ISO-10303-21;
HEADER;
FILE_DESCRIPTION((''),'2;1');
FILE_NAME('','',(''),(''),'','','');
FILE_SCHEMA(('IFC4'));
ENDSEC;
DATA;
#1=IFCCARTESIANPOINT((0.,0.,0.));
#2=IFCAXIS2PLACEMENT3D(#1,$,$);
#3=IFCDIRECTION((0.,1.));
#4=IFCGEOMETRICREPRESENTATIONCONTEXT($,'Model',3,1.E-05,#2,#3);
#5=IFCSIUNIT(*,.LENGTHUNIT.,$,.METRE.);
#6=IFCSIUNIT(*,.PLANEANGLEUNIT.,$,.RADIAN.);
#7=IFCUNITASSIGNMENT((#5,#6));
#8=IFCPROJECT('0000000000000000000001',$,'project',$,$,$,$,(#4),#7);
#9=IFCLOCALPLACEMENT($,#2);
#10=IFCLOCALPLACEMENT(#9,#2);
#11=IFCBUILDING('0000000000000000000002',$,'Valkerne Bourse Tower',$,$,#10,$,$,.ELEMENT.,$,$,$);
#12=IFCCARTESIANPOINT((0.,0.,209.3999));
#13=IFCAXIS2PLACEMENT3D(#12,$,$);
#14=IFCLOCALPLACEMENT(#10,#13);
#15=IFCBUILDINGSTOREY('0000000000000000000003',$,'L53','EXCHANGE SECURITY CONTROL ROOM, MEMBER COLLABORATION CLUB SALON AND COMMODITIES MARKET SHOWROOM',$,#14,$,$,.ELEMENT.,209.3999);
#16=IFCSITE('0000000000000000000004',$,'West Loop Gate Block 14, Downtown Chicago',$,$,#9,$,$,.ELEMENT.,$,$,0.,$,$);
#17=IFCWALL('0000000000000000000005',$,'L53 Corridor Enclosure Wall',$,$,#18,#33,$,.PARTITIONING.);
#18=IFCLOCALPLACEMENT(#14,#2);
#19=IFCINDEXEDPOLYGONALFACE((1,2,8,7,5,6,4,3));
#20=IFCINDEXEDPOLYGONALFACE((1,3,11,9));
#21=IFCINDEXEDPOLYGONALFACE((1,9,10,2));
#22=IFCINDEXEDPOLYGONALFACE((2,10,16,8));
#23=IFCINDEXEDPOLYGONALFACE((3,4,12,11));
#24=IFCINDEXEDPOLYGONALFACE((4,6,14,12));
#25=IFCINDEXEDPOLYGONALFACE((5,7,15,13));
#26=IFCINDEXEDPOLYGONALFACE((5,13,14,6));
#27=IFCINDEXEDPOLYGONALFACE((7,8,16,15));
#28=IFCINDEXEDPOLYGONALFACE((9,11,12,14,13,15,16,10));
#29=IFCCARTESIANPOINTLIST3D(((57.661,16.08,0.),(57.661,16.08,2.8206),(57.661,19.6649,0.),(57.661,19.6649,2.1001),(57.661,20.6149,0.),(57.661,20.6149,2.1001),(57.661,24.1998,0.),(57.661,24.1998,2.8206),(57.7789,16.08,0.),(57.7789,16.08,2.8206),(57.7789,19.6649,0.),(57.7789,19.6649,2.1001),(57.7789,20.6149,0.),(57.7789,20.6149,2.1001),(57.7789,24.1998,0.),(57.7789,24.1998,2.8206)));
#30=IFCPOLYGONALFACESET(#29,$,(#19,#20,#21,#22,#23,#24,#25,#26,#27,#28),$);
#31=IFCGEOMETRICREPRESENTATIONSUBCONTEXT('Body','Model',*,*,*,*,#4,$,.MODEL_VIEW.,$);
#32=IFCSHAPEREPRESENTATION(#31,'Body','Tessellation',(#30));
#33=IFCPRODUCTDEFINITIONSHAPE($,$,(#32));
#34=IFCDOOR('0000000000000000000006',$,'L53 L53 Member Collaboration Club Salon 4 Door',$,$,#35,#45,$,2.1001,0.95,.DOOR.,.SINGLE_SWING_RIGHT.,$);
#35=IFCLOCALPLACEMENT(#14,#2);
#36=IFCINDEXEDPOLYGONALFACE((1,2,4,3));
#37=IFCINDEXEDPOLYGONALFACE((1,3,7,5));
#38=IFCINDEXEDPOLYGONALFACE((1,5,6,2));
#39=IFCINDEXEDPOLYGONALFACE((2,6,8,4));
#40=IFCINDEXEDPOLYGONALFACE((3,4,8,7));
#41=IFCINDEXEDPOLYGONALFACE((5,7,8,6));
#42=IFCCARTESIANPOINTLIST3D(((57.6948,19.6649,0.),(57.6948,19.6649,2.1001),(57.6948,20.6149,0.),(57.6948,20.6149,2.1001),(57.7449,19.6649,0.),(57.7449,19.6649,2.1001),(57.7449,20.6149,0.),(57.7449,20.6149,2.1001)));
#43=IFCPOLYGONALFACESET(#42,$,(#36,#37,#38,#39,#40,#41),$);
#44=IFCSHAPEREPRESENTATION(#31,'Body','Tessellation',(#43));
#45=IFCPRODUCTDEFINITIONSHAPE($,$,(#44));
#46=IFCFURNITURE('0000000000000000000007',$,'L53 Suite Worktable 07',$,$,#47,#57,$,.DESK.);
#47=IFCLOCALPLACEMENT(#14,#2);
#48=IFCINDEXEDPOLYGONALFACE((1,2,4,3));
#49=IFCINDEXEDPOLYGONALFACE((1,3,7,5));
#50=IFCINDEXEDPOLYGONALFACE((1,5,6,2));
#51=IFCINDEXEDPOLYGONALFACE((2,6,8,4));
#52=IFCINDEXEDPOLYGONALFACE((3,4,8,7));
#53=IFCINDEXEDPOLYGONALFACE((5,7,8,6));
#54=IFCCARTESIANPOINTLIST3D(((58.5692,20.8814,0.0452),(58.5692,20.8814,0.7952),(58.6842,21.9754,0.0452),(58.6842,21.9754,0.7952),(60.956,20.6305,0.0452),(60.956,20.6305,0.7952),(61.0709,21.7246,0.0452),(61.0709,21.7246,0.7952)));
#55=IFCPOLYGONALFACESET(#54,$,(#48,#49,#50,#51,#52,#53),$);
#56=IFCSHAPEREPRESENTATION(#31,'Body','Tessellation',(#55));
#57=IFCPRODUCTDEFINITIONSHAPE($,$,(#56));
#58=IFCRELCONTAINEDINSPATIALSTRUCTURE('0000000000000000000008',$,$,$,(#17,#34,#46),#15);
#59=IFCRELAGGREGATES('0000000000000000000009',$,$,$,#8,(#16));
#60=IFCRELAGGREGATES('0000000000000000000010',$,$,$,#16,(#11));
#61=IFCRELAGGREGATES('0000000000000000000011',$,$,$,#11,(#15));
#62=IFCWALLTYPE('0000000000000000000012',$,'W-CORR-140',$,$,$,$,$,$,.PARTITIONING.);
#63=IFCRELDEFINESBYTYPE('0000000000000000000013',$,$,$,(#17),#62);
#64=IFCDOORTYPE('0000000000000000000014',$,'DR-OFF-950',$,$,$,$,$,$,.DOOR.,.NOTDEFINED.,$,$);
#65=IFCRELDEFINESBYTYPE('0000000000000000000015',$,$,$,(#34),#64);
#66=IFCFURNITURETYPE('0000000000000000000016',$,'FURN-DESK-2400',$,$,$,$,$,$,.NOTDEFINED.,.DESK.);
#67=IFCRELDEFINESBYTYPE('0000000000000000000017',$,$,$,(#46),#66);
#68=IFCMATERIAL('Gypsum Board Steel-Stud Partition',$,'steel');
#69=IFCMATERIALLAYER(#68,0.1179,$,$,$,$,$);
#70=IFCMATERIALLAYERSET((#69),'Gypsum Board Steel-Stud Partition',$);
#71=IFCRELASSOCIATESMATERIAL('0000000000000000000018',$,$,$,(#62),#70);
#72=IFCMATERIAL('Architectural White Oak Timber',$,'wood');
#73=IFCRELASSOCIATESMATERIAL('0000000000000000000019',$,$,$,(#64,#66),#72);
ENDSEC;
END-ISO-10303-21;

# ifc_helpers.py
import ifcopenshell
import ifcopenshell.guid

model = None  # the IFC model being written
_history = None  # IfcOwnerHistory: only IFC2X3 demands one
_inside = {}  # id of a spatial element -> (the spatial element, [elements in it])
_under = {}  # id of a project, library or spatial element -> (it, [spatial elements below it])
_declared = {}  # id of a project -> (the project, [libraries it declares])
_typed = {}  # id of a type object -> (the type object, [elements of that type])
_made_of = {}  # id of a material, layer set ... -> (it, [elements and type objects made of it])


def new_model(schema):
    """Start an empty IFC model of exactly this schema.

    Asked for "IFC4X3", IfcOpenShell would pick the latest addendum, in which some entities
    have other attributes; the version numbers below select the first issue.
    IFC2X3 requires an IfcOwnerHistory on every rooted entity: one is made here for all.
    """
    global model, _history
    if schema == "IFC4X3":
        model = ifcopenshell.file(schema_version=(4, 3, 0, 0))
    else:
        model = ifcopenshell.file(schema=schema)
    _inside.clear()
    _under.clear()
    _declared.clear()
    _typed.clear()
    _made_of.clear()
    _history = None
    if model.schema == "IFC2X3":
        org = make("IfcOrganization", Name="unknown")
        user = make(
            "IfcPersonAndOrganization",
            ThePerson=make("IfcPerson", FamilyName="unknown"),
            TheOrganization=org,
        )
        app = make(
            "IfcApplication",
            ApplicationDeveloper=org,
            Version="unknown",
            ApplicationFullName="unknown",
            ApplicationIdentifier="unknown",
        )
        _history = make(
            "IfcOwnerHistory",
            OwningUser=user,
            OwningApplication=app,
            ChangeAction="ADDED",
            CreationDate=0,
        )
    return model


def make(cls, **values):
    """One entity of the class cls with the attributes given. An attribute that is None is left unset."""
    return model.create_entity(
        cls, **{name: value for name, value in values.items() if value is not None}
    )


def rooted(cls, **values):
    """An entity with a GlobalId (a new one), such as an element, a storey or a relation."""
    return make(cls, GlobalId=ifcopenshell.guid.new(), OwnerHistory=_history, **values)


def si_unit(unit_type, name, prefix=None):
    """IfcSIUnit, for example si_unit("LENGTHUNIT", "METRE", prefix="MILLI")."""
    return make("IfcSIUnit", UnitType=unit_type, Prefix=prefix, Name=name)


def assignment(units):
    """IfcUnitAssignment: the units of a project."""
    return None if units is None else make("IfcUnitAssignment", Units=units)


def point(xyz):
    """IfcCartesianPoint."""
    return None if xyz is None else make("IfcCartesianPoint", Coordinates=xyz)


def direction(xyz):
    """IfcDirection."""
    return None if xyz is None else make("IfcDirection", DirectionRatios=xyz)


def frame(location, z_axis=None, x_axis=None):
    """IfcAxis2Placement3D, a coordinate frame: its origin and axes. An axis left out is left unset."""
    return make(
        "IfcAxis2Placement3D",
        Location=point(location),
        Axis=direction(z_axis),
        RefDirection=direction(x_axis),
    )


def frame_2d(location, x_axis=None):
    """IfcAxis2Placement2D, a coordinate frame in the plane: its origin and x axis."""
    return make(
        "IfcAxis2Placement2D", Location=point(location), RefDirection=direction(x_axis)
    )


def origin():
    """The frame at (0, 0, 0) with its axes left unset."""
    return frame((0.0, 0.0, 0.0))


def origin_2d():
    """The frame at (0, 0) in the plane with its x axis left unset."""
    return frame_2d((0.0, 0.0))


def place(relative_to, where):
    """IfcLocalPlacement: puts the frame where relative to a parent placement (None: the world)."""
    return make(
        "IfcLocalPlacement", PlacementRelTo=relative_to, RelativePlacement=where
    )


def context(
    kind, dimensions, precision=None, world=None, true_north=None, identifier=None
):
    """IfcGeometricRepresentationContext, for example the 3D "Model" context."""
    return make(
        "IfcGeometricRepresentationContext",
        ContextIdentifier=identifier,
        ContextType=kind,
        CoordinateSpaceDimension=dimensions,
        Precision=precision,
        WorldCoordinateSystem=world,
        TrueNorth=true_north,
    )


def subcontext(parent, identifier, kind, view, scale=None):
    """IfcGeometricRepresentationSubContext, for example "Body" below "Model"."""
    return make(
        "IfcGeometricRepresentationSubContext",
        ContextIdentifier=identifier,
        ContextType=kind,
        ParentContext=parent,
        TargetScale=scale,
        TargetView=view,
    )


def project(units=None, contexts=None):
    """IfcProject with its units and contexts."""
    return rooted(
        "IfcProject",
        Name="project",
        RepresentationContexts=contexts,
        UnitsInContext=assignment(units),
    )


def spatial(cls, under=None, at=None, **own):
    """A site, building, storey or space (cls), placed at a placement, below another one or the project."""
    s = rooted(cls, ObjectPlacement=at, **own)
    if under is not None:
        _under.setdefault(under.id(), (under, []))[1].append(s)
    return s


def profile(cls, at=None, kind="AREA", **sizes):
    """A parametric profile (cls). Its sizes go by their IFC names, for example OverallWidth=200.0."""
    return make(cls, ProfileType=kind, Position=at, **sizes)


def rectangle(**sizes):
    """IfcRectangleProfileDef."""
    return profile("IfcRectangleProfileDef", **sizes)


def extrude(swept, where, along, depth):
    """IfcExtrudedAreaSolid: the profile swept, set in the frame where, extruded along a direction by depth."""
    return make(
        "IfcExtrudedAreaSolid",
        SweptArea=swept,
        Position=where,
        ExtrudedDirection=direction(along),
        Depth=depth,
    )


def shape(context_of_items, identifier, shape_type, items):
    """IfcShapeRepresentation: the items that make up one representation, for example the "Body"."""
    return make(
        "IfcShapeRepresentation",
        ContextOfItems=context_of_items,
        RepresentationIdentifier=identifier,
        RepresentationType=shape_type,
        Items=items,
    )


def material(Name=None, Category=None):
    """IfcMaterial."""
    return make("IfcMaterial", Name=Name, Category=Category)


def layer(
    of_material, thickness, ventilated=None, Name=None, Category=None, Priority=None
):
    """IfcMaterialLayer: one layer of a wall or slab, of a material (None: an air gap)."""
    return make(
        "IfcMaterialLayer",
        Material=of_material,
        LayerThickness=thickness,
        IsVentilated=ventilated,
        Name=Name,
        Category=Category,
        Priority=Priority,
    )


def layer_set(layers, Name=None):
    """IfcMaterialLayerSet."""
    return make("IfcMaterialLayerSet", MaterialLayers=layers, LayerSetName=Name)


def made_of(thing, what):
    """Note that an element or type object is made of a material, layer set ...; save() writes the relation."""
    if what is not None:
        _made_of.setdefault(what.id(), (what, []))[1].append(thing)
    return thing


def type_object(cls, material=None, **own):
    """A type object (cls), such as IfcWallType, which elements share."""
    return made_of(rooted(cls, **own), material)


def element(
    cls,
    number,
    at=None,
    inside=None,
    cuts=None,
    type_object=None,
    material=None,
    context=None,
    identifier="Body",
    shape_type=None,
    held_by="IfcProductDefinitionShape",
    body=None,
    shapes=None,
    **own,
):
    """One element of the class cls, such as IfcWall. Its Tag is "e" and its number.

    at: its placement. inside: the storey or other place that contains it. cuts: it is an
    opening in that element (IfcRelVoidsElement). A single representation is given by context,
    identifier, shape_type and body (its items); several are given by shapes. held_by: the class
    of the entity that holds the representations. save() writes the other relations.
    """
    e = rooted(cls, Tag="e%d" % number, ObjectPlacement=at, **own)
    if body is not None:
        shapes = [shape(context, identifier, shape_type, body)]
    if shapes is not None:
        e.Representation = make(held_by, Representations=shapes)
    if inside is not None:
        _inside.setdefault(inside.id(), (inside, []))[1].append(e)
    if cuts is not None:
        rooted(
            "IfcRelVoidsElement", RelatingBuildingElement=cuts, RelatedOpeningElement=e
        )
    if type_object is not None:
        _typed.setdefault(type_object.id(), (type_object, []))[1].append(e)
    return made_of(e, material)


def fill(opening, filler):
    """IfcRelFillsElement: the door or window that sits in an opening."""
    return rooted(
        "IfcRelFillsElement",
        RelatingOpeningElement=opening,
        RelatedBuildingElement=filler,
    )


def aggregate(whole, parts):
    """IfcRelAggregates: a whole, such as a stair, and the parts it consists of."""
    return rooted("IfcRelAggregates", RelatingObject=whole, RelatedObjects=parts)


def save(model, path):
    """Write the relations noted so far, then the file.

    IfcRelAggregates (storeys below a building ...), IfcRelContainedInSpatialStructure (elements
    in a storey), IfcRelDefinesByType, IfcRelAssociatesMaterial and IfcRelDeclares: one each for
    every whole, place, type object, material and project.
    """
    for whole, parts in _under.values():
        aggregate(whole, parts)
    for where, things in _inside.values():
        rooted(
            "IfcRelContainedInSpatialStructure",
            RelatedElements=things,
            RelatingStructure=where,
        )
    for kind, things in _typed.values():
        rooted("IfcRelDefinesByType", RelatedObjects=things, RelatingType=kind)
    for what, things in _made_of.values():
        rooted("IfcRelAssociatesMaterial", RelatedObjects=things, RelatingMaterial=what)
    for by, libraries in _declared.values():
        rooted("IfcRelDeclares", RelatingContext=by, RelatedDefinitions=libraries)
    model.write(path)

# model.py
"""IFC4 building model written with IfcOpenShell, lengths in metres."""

from ifc_helpers import new_model, si_unit, direction, frame, frame_2d, origin, origin_2d, place, context, subcontext, project, spatial, rectangle, extrude, material, layer, layer_set, type_object, element, fill, save


model = new_model("IFC4")

# Units and contexts
model_context = context("Model", 3, precision=1e-05, world=origin(), true_north=direction((0.0, 1.0)))
body_context = subcontext(model_context, "Body", "Model", "MODEL_VIEW")
ifc_project = project(units=[si_unit("LENGTHUNIT", "METRE"), si_unit("PLANEANGLEUNIT", "RADIAN")], contexts=[model_context])

# Site, building, storey
site_placement = place(None, origin())
site = spatial("IfcSite", under=ifc_project, at=site_placement, Name="West Loop Gate Block 14, Downtown Chicago", CompositionType="ELEMENT", RefElevation=0.0)
building_placement = place(site_placement, origin())
building = spatial("IfcBuilding", under=site, at=building_placement, Name="Valkerne Bourse Tower", CompositionType="ELEMENT")
storey_placement = place(building_placement, frame((0.0, 0.0, 209.3999)))
storey = spatial("IfcBuildingStorey", under=building, at=storey_placement, Name="L53", Description="EXCHANGE SECURITY CONTROL ROOM, MEMBER COLLABORATION CLUB SALON AND COMMODITIES MARKET SHOWROOM", CompositionType="ELEMENT", Elevation=209.3999)

# Shared definitions
ifc_material_1 = material(Name="Gypsum Board Steel-Stud Partition", Category="steel")
ifc_layer_1 = layer(ifc_material_1, 0.1179)
ifc_layer_set_1 = layer_set([ifc_layer_1], Name="Gypsum Board Steel-Stud Partition")
wall_type = type_object("IfcWallType", Name="W-CORR-140", PredefinedType="PARTITIONING", material=ifc_layer_set_1)

# Wall, opening, door
wall_1_placement = place(storey_placement, frame((57.72, 24.2, 0.0), z_axis=(0.0, 0.0, 1.0), x_axis=(0.0, -1.0, 0.0)))
wall_1 = element("IfcWall", 1, at=wall_1_placement, inside=storey, type_object=wall_type, Name="L53 Corridor Enclosure Wall", PredefinedType="PARTITIONING", context=body_context, shape_type="SweptSolid", body=[
    extrude(rectangle(XDim=8.1199, YDim=0.1179, at=frame_2d((4.0601, 0.0))), origin(), (0.0, 0.0, 1.0), 2.8206),
])
opening_placement = place(wall_1_placement, frame((3.585, 0.0, 0.0)))
opening = element("IfcOpeningElement", 2, at=opening_placement, cuts=wall_1, PredefinedType="OPENING", context=body_context, shape_type="SweptSolid", body=[
    extrude(rectangle(XDim=0.95, YDim=2.1001, at=frame_2d((0.4751, 1.05))), frame((0.0, 0.0688, 0.0), z_axis=(0.0, -1.0, 0.0), x_axis=(1.0, 0.0, 0.0)), (0.0, 0.0, 1.0), 0.1379),
])
ifc_material_2 = material(Name="Architectural White Oak Timber", Category="wood")
door_type = type_object("IfcDoorType", Name="DR-OFF-950", OperationType="NOTDEFINED", PredefinedType="DOOR", material=ifc_material_2)
door_placement = place(opening_placement, origin())
door = element("IfcDoor", 3, at=door_placement, inside=storey, type_object=door_type, Name="L53 L53 Member Collaboration Club Salon 4 Door", OperationType="SINGLE_SWING_RIGHT", OverallHeight=2.1001, OverallWidth=0.95, PredefinedType="DOOR", context=body_context, shape_type="SweptSolid", body=[
    extrude(rectangle(XDim=0.95, YDim=2.1001, at=frame_2d((0.4751, 1.05))), frame((0.0, 0.0249, 0.0), z_axis=(0.0, -1.0, 0.0), x_axis=(1.0, 0.0, 0.0)), (0.0, 0.0, 1.0), 0.05),
])
fill(opening, door)

# Furniture
furniture_type = type_object("IfcFurnitureType", Name="FURN-DESK-2400", AssemblyPlace="NOTDEFINED", PredefinedType="DESK", material=ifc_material_2)
furniture_placement = place(storey_placement, frame((59.8201, 21.303, 0.0452), z_axis=(0.0, 0.0, 1.0), x_axis=(-0.994522, 0.104528, 0.0)))
element("IfcFurniture", 4, at=furniture_placement, inside=storey, type_object=furniture_type, Name="L53 Suite Worktable 07", PredefinedType="DESK", context=body_context, shape_type="SweptSolid", body=[
    extrude(rectangle(XDim=2.3999, YDim=1.1001, at=origin_2d()), origin(), (0.0, 0.0, 1.0), 0.75),
])

save(model, "model.ifc")
